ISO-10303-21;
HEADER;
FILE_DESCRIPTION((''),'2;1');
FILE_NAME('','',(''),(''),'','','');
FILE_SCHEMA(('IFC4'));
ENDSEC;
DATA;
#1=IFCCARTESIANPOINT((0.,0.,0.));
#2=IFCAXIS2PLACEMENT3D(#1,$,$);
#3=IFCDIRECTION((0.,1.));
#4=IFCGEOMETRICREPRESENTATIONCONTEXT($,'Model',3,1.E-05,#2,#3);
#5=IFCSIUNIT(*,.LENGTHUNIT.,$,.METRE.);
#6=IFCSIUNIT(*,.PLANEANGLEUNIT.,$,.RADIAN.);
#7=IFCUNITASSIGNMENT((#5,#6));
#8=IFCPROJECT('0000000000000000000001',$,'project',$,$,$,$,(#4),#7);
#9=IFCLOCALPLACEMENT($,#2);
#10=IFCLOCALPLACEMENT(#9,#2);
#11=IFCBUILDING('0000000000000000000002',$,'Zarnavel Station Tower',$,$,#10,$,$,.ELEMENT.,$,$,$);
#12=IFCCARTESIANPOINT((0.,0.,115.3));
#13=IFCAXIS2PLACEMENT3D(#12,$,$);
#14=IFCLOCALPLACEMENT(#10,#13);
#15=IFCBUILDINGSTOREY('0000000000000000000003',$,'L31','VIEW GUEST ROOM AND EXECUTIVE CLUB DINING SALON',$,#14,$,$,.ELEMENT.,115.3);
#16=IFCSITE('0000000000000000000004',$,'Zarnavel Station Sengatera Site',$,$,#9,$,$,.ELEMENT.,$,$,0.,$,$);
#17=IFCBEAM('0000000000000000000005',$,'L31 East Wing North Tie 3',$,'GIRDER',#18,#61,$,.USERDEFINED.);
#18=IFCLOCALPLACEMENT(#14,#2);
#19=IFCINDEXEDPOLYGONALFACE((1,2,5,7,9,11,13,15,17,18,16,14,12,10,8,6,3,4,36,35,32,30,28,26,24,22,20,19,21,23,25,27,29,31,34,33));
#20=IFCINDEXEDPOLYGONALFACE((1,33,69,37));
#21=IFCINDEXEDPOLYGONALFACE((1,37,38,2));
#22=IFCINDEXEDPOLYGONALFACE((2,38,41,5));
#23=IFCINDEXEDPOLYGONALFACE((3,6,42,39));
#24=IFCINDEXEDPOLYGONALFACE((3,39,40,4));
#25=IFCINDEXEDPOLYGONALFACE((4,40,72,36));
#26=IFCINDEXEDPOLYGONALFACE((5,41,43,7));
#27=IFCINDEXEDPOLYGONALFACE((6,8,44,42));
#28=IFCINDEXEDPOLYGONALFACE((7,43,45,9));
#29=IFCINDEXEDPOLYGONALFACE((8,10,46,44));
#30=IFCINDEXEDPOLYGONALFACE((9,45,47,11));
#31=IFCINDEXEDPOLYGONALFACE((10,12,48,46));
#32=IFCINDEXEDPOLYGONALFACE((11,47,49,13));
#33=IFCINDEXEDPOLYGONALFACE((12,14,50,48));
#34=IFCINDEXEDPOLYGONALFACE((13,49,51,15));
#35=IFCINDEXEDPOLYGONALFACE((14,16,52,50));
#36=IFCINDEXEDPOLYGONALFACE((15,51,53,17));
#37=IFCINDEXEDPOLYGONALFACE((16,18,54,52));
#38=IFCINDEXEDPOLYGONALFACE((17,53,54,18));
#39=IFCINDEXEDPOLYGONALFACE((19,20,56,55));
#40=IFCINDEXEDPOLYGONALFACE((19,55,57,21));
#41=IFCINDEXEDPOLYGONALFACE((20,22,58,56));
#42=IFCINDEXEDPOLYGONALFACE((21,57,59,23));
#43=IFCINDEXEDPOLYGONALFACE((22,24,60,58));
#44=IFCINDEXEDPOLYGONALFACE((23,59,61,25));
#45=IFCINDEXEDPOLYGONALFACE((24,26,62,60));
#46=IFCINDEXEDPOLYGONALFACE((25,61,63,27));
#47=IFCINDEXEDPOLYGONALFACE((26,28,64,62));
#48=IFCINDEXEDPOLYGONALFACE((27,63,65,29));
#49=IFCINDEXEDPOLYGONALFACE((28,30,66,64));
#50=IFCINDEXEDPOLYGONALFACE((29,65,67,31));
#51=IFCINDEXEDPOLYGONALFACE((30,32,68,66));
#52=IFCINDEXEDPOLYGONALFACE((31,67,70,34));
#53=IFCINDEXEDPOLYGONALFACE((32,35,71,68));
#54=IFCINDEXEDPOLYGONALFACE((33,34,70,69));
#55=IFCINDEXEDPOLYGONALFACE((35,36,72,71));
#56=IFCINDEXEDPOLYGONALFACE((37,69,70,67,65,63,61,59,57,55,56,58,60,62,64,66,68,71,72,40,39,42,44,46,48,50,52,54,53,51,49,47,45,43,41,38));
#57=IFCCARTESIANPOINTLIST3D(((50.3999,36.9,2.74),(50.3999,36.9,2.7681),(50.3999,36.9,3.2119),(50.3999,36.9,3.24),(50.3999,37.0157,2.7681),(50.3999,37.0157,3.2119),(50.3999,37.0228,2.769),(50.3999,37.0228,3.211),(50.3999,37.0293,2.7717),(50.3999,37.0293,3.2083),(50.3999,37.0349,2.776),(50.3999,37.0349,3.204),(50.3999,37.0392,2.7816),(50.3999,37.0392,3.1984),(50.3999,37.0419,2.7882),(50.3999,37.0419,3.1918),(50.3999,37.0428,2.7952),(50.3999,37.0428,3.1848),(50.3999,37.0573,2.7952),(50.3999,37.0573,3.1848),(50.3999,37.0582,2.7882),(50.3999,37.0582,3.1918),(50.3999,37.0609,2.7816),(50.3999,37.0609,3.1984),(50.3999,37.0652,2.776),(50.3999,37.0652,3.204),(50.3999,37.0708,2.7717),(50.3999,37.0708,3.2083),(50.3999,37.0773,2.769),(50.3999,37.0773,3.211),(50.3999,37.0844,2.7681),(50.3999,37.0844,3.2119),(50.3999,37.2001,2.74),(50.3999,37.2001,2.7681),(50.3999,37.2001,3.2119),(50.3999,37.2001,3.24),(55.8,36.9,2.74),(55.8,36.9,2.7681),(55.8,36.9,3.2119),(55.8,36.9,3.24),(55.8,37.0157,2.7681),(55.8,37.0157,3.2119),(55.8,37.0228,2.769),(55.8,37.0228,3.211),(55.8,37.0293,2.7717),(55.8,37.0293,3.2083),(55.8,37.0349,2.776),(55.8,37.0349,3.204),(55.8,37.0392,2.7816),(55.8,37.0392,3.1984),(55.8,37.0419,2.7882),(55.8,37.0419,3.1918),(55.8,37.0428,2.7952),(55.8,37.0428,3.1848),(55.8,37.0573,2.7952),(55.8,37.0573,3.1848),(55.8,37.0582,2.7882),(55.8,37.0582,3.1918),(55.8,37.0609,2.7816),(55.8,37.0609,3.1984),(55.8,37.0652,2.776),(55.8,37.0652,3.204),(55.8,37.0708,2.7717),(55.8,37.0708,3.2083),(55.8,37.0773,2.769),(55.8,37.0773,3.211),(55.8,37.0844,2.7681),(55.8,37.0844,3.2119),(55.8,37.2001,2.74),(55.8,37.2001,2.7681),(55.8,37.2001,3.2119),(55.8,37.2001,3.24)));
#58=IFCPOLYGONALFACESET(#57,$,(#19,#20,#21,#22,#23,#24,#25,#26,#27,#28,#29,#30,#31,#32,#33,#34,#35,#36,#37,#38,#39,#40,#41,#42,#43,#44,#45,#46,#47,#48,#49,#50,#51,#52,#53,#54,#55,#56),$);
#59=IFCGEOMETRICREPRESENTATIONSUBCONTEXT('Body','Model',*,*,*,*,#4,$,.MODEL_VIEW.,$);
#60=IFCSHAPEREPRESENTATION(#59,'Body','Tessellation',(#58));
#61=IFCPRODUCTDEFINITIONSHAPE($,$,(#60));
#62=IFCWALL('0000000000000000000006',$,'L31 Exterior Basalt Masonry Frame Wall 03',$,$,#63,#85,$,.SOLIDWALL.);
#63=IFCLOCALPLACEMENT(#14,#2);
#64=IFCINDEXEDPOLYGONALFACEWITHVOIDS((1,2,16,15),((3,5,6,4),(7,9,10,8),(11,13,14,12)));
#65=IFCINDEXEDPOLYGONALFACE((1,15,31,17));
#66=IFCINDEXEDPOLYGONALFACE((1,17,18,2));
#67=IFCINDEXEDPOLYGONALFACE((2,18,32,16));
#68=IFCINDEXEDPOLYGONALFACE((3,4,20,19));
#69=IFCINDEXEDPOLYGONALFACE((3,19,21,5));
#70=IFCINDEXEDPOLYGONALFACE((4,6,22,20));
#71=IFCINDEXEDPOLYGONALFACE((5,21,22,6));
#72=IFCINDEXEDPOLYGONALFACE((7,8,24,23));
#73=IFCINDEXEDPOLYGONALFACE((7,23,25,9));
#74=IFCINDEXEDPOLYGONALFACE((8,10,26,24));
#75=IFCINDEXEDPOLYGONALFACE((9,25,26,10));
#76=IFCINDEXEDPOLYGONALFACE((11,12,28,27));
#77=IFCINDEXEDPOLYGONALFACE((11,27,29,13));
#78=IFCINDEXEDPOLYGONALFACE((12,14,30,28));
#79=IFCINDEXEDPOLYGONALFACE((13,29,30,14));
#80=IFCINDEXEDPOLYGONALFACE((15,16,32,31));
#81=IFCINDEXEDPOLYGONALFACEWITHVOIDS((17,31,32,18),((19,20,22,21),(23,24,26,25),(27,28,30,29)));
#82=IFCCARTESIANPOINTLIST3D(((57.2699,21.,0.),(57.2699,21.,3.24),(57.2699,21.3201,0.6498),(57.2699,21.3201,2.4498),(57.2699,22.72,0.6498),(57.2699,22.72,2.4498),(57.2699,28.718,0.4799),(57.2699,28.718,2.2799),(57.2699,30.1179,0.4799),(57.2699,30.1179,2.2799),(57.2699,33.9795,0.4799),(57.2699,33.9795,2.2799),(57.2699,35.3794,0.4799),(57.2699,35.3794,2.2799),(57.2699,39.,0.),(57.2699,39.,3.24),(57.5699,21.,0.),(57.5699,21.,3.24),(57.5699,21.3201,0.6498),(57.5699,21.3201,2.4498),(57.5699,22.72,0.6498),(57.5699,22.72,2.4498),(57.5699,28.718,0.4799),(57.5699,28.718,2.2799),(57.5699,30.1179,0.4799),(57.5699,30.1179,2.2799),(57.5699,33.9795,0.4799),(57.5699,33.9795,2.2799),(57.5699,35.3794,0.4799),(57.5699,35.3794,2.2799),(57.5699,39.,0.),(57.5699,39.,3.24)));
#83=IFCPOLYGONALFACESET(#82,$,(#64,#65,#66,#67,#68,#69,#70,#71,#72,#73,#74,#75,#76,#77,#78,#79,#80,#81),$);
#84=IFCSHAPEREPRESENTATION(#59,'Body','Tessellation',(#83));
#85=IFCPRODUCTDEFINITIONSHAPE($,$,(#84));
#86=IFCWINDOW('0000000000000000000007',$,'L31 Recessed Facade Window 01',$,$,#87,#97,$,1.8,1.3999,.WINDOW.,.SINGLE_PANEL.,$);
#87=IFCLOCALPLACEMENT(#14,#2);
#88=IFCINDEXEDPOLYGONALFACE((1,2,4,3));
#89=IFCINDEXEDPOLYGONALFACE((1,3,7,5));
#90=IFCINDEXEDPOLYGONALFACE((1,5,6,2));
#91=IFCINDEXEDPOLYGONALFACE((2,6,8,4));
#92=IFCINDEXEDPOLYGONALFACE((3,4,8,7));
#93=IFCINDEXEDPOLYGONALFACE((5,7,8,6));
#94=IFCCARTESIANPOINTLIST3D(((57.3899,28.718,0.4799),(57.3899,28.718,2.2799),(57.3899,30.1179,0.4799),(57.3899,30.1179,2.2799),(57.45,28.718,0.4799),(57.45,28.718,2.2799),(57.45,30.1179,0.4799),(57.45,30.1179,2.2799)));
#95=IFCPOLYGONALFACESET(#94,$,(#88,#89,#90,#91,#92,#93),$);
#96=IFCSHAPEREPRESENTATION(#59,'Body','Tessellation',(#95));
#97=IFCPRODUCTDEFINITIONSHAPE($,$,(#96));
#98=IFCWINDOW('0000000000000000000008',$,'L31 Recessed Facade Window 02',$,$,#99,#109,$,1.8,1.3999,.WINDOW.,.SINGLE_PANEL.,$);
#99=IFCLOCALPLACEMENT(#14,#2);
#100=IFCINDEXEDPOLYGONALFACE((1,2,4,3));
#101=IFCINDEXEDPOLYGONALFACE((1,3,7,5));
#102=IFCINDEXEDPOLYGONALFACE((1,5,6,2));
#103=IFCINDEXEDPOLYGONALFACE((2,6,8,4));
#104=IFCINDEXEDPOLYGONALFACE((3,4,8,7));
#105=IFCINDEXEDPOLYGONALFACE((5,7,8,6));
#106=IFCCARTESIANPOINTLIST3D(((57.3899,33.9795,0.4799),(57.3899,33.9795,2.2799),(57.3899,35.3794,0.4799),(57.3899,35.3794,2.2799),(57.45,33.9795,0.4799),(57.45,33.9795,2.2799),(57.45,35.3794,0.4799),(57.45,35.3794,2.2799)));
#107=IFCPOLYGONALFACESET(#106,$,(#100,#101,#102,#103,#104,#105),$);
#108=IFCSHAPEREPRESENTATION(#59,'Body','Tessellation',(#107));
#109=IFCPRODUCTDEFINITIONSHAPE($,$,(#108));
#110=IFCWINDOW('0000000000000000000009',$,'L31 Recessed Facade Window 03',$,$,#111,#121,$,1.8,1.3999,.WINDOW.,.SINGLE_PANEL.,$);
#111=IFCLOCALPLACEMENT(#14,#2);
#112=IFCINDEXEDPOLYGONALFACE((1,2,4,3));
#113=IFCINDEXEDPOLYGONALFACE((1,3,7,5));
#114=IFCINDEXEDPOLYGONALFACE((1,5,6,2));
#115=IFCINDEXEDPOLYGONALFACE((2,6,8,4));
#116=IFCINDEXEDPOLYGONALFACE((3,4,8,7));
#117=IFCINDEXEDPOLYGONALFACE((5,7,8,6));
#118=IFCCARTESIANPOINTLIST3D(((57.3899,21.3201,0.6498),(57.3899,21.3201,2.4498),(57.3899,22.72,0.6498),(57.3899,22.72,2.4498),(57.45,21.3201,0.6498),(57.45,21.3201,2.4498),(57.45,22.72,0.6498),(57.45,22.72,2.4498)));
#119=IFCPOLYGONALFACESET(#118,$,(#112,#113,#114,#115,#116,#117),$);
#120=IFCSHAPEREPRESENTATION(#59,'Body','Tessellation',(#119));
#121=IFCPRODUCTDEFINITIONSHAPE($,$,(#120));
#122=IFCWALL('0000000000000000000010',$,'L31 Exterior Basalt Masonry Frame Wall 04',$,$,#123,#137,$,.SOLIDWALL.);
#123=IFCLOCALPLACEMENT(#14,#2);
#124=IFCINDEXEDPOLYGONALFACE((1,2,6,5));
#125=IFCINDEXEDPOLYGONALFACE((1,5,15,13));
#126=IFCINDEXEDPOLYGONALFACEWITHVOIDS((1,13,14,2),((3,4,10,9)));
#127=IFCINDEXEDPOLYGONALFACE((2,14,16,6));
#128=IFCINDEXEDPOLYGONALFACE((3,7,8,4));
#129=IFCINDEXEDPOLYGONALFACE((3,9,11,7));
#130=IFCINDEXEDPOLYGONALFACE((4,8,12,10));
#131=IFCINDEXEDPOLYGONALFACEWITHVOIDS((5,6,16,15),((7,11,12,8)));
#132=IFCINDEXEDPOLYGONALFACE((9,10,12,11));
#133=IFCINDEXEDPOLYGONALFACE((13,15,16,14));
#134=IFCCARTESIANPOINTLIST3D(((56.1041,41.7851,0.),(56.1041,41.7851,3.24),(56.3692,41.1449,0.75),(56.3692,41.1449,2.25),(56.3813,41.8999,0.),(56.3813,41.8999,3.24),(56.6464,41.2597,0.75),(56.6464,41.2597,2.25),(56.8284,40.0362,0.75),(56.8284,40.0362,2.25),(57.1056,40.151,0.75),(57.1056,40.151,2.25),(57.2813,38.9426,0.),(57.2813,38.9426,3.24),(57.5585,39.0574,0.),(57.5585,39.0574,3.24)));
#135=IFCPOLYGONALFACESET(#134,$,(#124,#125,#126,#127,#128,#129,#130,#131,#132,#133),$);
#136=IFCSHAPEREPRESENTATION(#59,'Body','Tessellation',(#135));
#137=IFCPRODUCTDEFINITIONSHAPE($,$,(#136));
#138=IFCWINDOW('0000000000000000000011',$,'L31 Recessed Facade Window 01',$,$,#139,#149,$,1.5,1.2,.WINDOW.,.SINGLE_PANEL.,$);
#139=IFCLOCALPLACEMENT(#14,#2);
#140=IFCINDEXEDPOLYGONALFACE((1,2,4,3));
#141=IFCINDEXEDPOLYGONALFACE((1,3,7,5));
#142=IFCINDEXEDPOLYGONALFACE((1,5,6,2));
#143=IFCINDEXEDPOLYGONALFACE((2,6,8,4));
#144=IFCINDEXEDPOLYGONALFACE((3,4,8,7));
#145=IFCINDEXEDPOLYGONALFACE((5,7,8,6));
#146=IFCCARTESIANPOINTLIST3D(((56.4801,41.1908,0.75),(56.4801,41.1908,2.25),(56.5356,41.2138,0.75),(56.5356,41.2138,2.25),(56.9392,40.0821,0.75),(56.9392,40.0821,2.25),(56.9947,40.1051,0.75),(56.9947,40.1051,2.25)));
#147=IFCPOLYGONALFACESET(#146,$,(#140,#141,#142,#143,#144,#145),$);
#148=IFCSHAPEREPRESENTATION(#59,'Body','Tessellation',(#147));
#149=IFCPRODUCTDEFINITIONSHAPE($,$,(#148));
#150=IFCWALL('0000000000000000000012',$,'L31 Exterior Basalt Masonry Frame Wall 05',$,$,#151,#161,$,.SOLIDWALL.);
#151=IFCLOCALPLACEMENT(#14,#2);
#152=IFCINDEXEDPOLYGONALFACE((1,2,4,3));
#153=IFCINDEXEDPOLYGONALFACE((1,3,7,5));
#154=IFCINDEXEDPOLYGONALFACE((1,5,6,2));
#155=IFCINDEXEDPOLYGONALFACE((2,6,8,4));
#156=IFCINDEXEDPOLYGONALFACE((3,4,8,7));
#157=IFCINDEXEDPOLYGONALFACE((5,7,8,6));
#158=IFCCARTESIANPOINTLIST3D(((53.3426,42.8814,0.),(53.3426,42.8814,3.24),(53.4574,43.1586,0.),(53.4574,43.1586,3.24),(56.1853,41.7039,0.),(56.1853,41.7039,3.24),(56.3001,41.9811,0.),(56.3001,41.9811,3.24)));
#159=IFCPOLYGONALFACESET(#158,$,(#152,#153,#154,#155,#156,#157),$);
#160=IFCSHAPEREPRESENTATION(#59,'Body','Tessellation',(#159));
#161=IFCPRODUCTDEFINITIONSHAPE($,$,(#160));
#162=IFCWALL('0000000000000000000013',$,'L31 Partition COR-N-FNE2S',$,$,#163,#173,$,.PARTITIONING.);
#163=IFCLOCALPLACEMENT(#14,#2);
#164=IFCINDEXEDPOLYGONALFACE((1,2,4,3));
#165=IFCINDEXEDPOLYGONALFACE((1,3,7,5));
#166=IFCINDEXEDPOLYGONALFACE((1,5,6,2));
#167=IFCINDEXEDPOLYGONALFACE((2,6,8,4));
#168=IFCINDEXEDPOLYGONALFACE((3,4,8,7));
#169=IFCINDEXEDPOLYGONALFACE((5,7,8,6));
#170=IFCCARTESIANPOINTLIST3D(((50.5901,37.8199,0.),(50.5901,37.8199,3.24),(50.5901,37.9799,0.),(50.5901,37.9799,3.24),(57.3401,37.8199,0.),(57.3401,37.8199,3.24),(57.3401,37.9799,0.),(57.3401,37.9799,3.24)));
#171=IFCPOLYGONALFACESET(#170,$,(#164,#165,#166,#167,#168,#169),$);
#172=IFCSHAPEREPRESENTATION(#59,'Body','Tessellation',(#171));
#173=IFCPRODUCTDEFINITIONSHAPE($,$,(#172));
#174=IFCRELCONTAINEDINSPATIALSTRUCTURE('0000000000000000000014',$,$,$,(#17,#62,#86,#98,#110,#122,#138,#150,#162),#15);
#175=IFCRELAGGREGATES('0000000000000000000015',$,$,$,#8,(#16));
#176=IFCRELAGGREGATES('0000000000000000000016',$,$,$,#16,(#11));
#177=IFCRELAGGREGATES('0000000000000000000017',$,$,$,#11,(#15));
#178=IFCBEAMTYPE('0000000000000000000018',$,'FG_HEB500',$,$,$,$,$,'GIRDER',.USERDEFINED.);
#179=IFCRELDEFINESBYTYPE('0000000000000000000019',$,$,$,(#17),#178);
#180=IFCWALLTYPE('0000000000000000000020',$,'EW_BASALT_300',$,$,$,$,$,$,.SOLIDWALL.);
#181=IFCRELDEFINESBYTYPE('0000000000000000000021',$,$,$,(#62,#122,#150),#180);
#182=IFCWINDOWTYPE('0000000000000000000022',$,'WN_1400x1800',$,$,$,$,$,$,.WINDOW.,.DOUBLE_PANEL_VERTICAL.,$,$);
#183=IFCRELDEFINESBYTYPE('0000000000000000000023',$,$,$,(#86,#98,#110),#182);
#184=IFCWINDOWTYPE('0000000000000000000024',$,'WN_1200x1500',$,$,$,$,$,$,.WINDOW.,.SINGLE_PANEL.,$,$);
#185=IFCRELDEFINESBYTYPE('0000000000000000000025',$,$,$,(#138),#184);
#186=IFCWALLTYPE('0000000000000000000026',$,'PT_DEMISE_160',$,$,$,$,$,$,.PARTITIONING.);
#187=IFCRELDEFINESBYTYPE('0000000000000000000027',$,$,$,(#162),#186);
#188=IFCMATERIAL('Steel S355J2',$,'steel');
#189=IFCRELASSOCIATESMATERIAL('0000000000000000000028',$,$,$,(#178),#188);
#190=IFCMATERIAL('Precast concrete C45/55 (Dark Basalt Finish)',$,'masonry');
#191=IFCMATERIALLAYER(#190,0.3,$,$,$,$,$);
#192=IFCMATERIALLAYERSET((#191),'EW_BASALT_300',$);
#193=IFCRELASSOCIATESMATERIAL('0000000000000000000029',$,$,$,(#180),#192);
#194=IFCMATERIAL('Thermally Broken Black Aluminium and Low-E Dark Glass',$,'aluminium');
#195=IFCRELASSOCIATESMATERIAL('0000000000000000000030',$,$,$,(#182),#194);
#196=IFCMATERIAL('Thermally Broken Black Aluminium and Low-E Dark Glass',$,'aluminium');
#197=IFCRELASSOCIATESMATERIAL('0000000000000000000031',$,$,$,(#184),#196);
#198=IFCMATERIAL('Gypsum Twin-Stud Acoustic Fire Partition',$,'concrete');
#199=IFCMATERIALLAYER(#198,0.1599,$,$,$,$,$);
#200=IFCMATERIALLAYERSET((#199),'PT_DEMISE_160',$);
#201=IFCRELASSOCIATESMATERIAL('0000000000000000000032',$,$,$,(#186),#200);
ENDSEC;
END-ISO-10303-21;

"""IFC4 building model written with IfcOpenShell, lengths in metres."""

from ifc_helpers import new_model, si_unit, direction, frame, frame_2d, origin, origin_2d, place, context, subcontext, project, spatial, rectangle, i_section, extrude, material, layer, layer_set, material_profile, profile_set, type_object, element, fill, save


model = new_model("IFC4")

# Units and contexts
model_context = context("Model", 3, precision=1e-05, world=origin(), true_north=direction((0.0, 1.0)))
body_context = subcontext(model_context, "Body", "Model", "MODEL_VIEW")
ifc_project = project(units=[si_unit("LENGTHUNIT", "METRE"), si_unit("PLANEANGLEUNIT", "RADIAN")], contexts=[model_context])

# Site, building, storey
site_placement = place(None, origin())
site = spatial("IfcSite", under=ifc_project, at=site_placement, Name="Zarnavel Station Sengatera Site", CompositionType="ELEMENT", RefElevation=0.0)
building_placement = place(site_placement, origin())
building = spatial("IfcBuilding", under=site, at=building_placement, Name="Zarnavel Station Tower", CompositionType="ELEMENT")
storey_placement = place(building_placement, frame((0.0, 0.0, 115.3)))
storey = spatial("IfcBuildingStorey", under=building, at=storey_placement, Name="L31", Description="VIEW GUEST ROOM AND EXECUTIVE CLUB DINING SALON", CompositionType="ELEMENT", Elevation=115.3)

# Beam
ifc_material_1 = material(Name="Steel S355J2", Category="steel")
ifc_material_profile_1 = material_profile(ifc_material_1, i_section(OverallWidth=0.3, OverallDepth=0.5, WebThickness=0.0144, FlangeThickness=0.0281, FilletRadius=0.0271, at=origin_2d()), Name="HEB500")
ifc_profile_set_1 = profile_set([ifc_material_profile_1], Name="Steel S355J2")
beam_type = type_object("IfcBeamType", Name="FG_HEB500", ElementType="GIRDER", PredefinedType="USERDEFINED", material=ifc_profile_set_1)
beam_1_placement = place(storey_placement, frame((50.3999, 37.05, 2.99), z_axis=(1.0, 0.0, 0.0), x_axis=(0.0, 1.0, 0.0)))
element("IfcBeam", 1, at=beam_1_placement, inside=storey, type_object=beam_type, Name="L31 East Wing North Tie 3", ObjectType="GIRDER", PredefinedType="USERDEFINED", context=body_context, shape_type="SweptSolid", body=[
    extrude(i_section(OverallWidth=0.3, OverallDepth=0.5, WebThickness=0.0144, FlangeThickness=0.0281, FilletRadius=0.0271, at=origin_2d()), origin(), (0.0, 0.0, 1.0), 5.4001),
])

# Wall, openings, windows
ifc_material_2 = material(Name="Precast concrete C45/55 (Dark Basalt Finish)", Category="masonry")
ifc_layer_1 = layer(ifc_material_2, 0.3)
ifc_layer_set_1 = layer_set([ifc_layer_1], Name="EW_BASALT_300")
wall_type_1 = type_object("IfcWallType", Name="EW_BASALT_300", PredefinedType="SOLIDWALL", material=ifc_layer_set_1)
wall_1_placement = place(storey_placement, frame((57.4199, 39.0, 0.0), z_axis=(0.0, 0.0, 1.0), x_axis=(0.0, -1.0, 0.0)))
wall_1 = element("IfcWall", 2, at=wall_1_placement, inside=storey, type_object=wall_type_1, Name="L31 Exterior Basalt Masonry Frame Wall 03", PredefinedType="SOLIDWALL", context=body_context, shape_type="SweptSolid", body=[
    extrude(rectangle(XDim=18.0, YDim=0.3, at=frame_2d((9.0, 0.0))), origin(), (0.0, 0.0, 1.0), 3.24),
])
opening_1_placement = place(wall_1_placement, frame((8.8821, 0.0, 0.48)))
opening_1 = element("IfcOpeningElement", 3, at=opening_1_placement, cuts=wall_1, PredefinedType="OPENING", context=body_context, shape_type="SweptSolid", body=[
    extrude(rectangle(XDim=1.3999, YDim=1.8, at=frame_2d((0.7, 0.8999))), frame((0.0, 0.1599, 0.0), z_axis=(0.0, -1.0, 0.0), x_axis=(1.0, 0.0, 0.0)), (0.0, 0.0, 1.0), 0.3201),
])
opening_2_placement = place(wall_1_placement, frame((3.6206, 0.0, 0.48)))
opening_2 = element("IfcOpeningElement", 4, at=opening_2_placement, cuts=wall_1, PredefinedType="OPENING", context=body_context, shape_type="SweptSolid", body=[
    extrude(rectangle(XDim=1.3999, YDim=1.8, at=frame_2d((0.7, 0.8999))), frame((0.0, 0.1599, 0.0), z_axis=(0.0, -1.0, 0.0), x_axis=(1.0, 0.0, 0.0)), (0.0, 0.0, 1.0), 0.3201),
])
opening_3_placement = place(wall_1_placement, frame((16.28, 0.0, 0.6499)))
opening_3 = element("IfcOpeningElement", 5, at=opening_3_placement, cuts=wall_1, PredefinedType="OPENING", context=body_context, shape_type="SweptSolid", body=[
    extrude(rectangle(XDim=1.3999, YDim=1.8, at=frame_2d((0.7, 0.8999))), frame((0.0, 0.1599, 0.0), z_axis=(0.0, -1.0, 0.0), x_axis=(1.0, 0.0, 0.0)), (0.0, 0.0, 1.0), 0.3201),
])
ifc_material_3 = material(Name="Thermally Broken Black Aluminium and Low-E Dark Glass", Category="aluminium")
window_type_1 = type_object("IfcWindowType", Name="WN_1400x1800", PartitioningType="DOUBLE_PANEL_VERTICAL", PredefinedType="WINDOW", material=ifc_material_3)
window_1_placement = place(opening_1_placement, origin())
window_1 = element("IfcWindow", 6, at=window_1_placement, inside=storey, type_object=window_type_1, Name="L31 Recessed Facade Window 01", OverallHeight=1.8, OverallWidth=1.3999, PartitioningType="SINGLE_PANEL", PredefinedType="WINDOW", context=body_context, shape_type="SweptSolid", body=[
    extrude(rectangle(XDim=1.3999, YDim=1.8, at=frame_2d((0.7, 0.8999))), frame((0.0, 0.03, 0.0), z_axis=(0.0, -1.0, 0.0), x_axis=(1.0, 0.0, 0.0)), (0.0, 0.0, 1.0), 0.0601),
])
fill(opening_1, window_1)
window_2_placement = place(opening_2_placement, origin())
window_2 = element("IfcWindow", 7, at=window_2_placement, inside=storey, type_object=window_type_1, Name="L31 Recessed Facade Window 02", OverallHeight=1.8, OverallWidth=1.3999, PartitioningType="SINGLE_PANEL", PredefinedType="WINDOW", context=body_context, shape_type="SweptSolid", body=[
    extrude(rectangle(XDim=1.3999, YDim=1.8, at=frame_2d((0.7, 0.8999))), frame((0.0, 0.03, 0.0), z_axis=(0.0, -1.0, 0.0), x_axis=(1.0, 0.0, 0.0)), (0.0, 0.0, 1.0), 0.0601),
])
fill(opening_2, window_2)
window_3_placement = place(opening_3_placement, origin())
window_3 = element("IfcWindow", 8, at=window_3_placement, inside=storey, type_object=window_type_1, Name="L31 Recessed Facade Window 03", OverallHeight=1.8, OverallWidth=1.3999, PartitioningType="SINGLE_PANEL", PredefinedType="WINDOW", context=body_context, shape_type="SweptSolid", body=[
    extrude(rectangle(XDim=1.3999, YDim=1.8, at=frame_2d((0.7, 0.8999))), frame((0.0, 0.03, 0.0), z_axis=(0.0, -1.0, 0.0), x_axis=(1.0, 0.0, 0.0)), (0.0, 0.0, 1.0), 0.0601),
])
fill(opening_3, window_3)

# Wall, opening, window
wall_2_placement = place(storey_placement, frame((56.2427, 41.8425, 0.0), z_axis=(0.0, 0.0, 1.0), x_axis=(0.382637, -0.923899, 0.0)))
wall_2 = element("IfcWall", 9, at=wall_2_placement, inside=storey, type_object=wall_type_1, Name="L31 Exterior Basalt Masonry Frame Wall 04", PredefinedType="SOLIDWALL", context=body_context, shape_type="SweptSolid", body=[
    extrude(rectangle(XDim=3.0767, YDim=0.3, at=frame_2d((1.5383, 0.0))), origin(), (0.0, 0.0, 1.0), 3.24),
])
opening_4_placement = place(wall_2_placement, frame((0.6929, 0.0, 0.75)))
opening_4 = element("IfcOpeningElement", 10, at=opening_4_placement, cuts=wall_2, PredefinedType="OPENING", context=body_context, shape_type="SweptSolid", body=[
    extrude(rectangle(XDim=1.2, YDim=1.5, at=frame_2d((0.6001, 0.75))), frame((0.0, 0.1599, 0.0), z_axis=(0.0, -1.0, 0.0), x_axis=(1.0, 0.0, 0.0)), (0.0, 0.0, 1.0), 0.3201),
])
ifc_material_4 = material(Name="Thermally Broken Black Aluminium and Low-E Dark Glass", Category="aluminium")
window_type_2 = type_object("IfcWindowType", Name="WN_1200x1500", PartitioningType="SINGLE_PANEL", PredefinedType="WINDOW", material=ifc_material_4)
window_4_placement = place(opening_4_placement, origin())
window_4 = element("IfcWindow", 11, at=window_4_placement, inside=storey, type_object=window_type_2, Name="L31 Recessed Facade Window 01", OverallHeight=1.5, OverallWidth=1.2, PartitioningType="SINGLE_PANEL", PredefinedType="WINDOW", context=body_context, shape_type="SweptSolid", body=[
    extrude(rectangle(XDim=1.2, YDim=1.5, at=frame_2d((0.6001, 0.75))), frame((0.0, 0.03, 0.0), z_axis=(0.0, -1.0, 0.0), x_axis=(1.0, 0.0, 0.0)), (0.0, 0.0, 1.0), 0.0601),
])
fill(opening_4, window_4)

# Walls
wall_3_placement = place(storey_placement, frame((53.3999, 43.02, 0.0), z_axis=(0.0, 0.0, 1.0), x_axis=(0.923882, -0.382676, 0.0)))
element("IfcWall", 12, at=wall_3_placement, inside=storey, type_object=wall_type_1, Name="L31 Exterior Basalt Masonry Frame Wall 05", PredefinedType="SOLIDWALL", context=body_context, shape_type="SweptSolid", body=[
    extrude(rectangle(XDim=3.0769, YDim=0.3, at=frame_2d((1.5386, 0.0))), origin(), (0.0, 0.0, 1.0), 3.24),
])
ifc_material_5 = material(Name="Gypsum Twin-Stud Acoustic Fire Partition", Category="concrete")
ifc_layer_2 = layer(ifc_material_5, 0.1599)
ifc_layer_set_2 = layer_set([ifc_layer_2], Name="PT_DEMISE_160")
wall_type_2 = type_object("IfcWallType", Name="PT_DEMISE_160", PredefinedType="PARTITIONING", material=ifc_layer_set_2)
wall_4_placement = place(storey_placement, frame((50.5901, 37.8999, 0.0), z_axis=(0.0, 0.0, 1.0), x_axis=(1.0, 0.0, 0.0)))
element("IfcWall", 13, at=wall_4_placement, inside=storey, type_object=wall_type_2, Name="L31 Partition COR-N-FNE2S", PredefinedType="PARTITIONING", context=body_context, shape_type="SweptSolid", body=[
    extrude(rectangle(XDim=6.75, YDim=0.1599, at=frame_2d((3.375, 0.0))), origin(), (0.0, 0.0, 1.0), 3.24),
])

save(model, "model.ifc")
